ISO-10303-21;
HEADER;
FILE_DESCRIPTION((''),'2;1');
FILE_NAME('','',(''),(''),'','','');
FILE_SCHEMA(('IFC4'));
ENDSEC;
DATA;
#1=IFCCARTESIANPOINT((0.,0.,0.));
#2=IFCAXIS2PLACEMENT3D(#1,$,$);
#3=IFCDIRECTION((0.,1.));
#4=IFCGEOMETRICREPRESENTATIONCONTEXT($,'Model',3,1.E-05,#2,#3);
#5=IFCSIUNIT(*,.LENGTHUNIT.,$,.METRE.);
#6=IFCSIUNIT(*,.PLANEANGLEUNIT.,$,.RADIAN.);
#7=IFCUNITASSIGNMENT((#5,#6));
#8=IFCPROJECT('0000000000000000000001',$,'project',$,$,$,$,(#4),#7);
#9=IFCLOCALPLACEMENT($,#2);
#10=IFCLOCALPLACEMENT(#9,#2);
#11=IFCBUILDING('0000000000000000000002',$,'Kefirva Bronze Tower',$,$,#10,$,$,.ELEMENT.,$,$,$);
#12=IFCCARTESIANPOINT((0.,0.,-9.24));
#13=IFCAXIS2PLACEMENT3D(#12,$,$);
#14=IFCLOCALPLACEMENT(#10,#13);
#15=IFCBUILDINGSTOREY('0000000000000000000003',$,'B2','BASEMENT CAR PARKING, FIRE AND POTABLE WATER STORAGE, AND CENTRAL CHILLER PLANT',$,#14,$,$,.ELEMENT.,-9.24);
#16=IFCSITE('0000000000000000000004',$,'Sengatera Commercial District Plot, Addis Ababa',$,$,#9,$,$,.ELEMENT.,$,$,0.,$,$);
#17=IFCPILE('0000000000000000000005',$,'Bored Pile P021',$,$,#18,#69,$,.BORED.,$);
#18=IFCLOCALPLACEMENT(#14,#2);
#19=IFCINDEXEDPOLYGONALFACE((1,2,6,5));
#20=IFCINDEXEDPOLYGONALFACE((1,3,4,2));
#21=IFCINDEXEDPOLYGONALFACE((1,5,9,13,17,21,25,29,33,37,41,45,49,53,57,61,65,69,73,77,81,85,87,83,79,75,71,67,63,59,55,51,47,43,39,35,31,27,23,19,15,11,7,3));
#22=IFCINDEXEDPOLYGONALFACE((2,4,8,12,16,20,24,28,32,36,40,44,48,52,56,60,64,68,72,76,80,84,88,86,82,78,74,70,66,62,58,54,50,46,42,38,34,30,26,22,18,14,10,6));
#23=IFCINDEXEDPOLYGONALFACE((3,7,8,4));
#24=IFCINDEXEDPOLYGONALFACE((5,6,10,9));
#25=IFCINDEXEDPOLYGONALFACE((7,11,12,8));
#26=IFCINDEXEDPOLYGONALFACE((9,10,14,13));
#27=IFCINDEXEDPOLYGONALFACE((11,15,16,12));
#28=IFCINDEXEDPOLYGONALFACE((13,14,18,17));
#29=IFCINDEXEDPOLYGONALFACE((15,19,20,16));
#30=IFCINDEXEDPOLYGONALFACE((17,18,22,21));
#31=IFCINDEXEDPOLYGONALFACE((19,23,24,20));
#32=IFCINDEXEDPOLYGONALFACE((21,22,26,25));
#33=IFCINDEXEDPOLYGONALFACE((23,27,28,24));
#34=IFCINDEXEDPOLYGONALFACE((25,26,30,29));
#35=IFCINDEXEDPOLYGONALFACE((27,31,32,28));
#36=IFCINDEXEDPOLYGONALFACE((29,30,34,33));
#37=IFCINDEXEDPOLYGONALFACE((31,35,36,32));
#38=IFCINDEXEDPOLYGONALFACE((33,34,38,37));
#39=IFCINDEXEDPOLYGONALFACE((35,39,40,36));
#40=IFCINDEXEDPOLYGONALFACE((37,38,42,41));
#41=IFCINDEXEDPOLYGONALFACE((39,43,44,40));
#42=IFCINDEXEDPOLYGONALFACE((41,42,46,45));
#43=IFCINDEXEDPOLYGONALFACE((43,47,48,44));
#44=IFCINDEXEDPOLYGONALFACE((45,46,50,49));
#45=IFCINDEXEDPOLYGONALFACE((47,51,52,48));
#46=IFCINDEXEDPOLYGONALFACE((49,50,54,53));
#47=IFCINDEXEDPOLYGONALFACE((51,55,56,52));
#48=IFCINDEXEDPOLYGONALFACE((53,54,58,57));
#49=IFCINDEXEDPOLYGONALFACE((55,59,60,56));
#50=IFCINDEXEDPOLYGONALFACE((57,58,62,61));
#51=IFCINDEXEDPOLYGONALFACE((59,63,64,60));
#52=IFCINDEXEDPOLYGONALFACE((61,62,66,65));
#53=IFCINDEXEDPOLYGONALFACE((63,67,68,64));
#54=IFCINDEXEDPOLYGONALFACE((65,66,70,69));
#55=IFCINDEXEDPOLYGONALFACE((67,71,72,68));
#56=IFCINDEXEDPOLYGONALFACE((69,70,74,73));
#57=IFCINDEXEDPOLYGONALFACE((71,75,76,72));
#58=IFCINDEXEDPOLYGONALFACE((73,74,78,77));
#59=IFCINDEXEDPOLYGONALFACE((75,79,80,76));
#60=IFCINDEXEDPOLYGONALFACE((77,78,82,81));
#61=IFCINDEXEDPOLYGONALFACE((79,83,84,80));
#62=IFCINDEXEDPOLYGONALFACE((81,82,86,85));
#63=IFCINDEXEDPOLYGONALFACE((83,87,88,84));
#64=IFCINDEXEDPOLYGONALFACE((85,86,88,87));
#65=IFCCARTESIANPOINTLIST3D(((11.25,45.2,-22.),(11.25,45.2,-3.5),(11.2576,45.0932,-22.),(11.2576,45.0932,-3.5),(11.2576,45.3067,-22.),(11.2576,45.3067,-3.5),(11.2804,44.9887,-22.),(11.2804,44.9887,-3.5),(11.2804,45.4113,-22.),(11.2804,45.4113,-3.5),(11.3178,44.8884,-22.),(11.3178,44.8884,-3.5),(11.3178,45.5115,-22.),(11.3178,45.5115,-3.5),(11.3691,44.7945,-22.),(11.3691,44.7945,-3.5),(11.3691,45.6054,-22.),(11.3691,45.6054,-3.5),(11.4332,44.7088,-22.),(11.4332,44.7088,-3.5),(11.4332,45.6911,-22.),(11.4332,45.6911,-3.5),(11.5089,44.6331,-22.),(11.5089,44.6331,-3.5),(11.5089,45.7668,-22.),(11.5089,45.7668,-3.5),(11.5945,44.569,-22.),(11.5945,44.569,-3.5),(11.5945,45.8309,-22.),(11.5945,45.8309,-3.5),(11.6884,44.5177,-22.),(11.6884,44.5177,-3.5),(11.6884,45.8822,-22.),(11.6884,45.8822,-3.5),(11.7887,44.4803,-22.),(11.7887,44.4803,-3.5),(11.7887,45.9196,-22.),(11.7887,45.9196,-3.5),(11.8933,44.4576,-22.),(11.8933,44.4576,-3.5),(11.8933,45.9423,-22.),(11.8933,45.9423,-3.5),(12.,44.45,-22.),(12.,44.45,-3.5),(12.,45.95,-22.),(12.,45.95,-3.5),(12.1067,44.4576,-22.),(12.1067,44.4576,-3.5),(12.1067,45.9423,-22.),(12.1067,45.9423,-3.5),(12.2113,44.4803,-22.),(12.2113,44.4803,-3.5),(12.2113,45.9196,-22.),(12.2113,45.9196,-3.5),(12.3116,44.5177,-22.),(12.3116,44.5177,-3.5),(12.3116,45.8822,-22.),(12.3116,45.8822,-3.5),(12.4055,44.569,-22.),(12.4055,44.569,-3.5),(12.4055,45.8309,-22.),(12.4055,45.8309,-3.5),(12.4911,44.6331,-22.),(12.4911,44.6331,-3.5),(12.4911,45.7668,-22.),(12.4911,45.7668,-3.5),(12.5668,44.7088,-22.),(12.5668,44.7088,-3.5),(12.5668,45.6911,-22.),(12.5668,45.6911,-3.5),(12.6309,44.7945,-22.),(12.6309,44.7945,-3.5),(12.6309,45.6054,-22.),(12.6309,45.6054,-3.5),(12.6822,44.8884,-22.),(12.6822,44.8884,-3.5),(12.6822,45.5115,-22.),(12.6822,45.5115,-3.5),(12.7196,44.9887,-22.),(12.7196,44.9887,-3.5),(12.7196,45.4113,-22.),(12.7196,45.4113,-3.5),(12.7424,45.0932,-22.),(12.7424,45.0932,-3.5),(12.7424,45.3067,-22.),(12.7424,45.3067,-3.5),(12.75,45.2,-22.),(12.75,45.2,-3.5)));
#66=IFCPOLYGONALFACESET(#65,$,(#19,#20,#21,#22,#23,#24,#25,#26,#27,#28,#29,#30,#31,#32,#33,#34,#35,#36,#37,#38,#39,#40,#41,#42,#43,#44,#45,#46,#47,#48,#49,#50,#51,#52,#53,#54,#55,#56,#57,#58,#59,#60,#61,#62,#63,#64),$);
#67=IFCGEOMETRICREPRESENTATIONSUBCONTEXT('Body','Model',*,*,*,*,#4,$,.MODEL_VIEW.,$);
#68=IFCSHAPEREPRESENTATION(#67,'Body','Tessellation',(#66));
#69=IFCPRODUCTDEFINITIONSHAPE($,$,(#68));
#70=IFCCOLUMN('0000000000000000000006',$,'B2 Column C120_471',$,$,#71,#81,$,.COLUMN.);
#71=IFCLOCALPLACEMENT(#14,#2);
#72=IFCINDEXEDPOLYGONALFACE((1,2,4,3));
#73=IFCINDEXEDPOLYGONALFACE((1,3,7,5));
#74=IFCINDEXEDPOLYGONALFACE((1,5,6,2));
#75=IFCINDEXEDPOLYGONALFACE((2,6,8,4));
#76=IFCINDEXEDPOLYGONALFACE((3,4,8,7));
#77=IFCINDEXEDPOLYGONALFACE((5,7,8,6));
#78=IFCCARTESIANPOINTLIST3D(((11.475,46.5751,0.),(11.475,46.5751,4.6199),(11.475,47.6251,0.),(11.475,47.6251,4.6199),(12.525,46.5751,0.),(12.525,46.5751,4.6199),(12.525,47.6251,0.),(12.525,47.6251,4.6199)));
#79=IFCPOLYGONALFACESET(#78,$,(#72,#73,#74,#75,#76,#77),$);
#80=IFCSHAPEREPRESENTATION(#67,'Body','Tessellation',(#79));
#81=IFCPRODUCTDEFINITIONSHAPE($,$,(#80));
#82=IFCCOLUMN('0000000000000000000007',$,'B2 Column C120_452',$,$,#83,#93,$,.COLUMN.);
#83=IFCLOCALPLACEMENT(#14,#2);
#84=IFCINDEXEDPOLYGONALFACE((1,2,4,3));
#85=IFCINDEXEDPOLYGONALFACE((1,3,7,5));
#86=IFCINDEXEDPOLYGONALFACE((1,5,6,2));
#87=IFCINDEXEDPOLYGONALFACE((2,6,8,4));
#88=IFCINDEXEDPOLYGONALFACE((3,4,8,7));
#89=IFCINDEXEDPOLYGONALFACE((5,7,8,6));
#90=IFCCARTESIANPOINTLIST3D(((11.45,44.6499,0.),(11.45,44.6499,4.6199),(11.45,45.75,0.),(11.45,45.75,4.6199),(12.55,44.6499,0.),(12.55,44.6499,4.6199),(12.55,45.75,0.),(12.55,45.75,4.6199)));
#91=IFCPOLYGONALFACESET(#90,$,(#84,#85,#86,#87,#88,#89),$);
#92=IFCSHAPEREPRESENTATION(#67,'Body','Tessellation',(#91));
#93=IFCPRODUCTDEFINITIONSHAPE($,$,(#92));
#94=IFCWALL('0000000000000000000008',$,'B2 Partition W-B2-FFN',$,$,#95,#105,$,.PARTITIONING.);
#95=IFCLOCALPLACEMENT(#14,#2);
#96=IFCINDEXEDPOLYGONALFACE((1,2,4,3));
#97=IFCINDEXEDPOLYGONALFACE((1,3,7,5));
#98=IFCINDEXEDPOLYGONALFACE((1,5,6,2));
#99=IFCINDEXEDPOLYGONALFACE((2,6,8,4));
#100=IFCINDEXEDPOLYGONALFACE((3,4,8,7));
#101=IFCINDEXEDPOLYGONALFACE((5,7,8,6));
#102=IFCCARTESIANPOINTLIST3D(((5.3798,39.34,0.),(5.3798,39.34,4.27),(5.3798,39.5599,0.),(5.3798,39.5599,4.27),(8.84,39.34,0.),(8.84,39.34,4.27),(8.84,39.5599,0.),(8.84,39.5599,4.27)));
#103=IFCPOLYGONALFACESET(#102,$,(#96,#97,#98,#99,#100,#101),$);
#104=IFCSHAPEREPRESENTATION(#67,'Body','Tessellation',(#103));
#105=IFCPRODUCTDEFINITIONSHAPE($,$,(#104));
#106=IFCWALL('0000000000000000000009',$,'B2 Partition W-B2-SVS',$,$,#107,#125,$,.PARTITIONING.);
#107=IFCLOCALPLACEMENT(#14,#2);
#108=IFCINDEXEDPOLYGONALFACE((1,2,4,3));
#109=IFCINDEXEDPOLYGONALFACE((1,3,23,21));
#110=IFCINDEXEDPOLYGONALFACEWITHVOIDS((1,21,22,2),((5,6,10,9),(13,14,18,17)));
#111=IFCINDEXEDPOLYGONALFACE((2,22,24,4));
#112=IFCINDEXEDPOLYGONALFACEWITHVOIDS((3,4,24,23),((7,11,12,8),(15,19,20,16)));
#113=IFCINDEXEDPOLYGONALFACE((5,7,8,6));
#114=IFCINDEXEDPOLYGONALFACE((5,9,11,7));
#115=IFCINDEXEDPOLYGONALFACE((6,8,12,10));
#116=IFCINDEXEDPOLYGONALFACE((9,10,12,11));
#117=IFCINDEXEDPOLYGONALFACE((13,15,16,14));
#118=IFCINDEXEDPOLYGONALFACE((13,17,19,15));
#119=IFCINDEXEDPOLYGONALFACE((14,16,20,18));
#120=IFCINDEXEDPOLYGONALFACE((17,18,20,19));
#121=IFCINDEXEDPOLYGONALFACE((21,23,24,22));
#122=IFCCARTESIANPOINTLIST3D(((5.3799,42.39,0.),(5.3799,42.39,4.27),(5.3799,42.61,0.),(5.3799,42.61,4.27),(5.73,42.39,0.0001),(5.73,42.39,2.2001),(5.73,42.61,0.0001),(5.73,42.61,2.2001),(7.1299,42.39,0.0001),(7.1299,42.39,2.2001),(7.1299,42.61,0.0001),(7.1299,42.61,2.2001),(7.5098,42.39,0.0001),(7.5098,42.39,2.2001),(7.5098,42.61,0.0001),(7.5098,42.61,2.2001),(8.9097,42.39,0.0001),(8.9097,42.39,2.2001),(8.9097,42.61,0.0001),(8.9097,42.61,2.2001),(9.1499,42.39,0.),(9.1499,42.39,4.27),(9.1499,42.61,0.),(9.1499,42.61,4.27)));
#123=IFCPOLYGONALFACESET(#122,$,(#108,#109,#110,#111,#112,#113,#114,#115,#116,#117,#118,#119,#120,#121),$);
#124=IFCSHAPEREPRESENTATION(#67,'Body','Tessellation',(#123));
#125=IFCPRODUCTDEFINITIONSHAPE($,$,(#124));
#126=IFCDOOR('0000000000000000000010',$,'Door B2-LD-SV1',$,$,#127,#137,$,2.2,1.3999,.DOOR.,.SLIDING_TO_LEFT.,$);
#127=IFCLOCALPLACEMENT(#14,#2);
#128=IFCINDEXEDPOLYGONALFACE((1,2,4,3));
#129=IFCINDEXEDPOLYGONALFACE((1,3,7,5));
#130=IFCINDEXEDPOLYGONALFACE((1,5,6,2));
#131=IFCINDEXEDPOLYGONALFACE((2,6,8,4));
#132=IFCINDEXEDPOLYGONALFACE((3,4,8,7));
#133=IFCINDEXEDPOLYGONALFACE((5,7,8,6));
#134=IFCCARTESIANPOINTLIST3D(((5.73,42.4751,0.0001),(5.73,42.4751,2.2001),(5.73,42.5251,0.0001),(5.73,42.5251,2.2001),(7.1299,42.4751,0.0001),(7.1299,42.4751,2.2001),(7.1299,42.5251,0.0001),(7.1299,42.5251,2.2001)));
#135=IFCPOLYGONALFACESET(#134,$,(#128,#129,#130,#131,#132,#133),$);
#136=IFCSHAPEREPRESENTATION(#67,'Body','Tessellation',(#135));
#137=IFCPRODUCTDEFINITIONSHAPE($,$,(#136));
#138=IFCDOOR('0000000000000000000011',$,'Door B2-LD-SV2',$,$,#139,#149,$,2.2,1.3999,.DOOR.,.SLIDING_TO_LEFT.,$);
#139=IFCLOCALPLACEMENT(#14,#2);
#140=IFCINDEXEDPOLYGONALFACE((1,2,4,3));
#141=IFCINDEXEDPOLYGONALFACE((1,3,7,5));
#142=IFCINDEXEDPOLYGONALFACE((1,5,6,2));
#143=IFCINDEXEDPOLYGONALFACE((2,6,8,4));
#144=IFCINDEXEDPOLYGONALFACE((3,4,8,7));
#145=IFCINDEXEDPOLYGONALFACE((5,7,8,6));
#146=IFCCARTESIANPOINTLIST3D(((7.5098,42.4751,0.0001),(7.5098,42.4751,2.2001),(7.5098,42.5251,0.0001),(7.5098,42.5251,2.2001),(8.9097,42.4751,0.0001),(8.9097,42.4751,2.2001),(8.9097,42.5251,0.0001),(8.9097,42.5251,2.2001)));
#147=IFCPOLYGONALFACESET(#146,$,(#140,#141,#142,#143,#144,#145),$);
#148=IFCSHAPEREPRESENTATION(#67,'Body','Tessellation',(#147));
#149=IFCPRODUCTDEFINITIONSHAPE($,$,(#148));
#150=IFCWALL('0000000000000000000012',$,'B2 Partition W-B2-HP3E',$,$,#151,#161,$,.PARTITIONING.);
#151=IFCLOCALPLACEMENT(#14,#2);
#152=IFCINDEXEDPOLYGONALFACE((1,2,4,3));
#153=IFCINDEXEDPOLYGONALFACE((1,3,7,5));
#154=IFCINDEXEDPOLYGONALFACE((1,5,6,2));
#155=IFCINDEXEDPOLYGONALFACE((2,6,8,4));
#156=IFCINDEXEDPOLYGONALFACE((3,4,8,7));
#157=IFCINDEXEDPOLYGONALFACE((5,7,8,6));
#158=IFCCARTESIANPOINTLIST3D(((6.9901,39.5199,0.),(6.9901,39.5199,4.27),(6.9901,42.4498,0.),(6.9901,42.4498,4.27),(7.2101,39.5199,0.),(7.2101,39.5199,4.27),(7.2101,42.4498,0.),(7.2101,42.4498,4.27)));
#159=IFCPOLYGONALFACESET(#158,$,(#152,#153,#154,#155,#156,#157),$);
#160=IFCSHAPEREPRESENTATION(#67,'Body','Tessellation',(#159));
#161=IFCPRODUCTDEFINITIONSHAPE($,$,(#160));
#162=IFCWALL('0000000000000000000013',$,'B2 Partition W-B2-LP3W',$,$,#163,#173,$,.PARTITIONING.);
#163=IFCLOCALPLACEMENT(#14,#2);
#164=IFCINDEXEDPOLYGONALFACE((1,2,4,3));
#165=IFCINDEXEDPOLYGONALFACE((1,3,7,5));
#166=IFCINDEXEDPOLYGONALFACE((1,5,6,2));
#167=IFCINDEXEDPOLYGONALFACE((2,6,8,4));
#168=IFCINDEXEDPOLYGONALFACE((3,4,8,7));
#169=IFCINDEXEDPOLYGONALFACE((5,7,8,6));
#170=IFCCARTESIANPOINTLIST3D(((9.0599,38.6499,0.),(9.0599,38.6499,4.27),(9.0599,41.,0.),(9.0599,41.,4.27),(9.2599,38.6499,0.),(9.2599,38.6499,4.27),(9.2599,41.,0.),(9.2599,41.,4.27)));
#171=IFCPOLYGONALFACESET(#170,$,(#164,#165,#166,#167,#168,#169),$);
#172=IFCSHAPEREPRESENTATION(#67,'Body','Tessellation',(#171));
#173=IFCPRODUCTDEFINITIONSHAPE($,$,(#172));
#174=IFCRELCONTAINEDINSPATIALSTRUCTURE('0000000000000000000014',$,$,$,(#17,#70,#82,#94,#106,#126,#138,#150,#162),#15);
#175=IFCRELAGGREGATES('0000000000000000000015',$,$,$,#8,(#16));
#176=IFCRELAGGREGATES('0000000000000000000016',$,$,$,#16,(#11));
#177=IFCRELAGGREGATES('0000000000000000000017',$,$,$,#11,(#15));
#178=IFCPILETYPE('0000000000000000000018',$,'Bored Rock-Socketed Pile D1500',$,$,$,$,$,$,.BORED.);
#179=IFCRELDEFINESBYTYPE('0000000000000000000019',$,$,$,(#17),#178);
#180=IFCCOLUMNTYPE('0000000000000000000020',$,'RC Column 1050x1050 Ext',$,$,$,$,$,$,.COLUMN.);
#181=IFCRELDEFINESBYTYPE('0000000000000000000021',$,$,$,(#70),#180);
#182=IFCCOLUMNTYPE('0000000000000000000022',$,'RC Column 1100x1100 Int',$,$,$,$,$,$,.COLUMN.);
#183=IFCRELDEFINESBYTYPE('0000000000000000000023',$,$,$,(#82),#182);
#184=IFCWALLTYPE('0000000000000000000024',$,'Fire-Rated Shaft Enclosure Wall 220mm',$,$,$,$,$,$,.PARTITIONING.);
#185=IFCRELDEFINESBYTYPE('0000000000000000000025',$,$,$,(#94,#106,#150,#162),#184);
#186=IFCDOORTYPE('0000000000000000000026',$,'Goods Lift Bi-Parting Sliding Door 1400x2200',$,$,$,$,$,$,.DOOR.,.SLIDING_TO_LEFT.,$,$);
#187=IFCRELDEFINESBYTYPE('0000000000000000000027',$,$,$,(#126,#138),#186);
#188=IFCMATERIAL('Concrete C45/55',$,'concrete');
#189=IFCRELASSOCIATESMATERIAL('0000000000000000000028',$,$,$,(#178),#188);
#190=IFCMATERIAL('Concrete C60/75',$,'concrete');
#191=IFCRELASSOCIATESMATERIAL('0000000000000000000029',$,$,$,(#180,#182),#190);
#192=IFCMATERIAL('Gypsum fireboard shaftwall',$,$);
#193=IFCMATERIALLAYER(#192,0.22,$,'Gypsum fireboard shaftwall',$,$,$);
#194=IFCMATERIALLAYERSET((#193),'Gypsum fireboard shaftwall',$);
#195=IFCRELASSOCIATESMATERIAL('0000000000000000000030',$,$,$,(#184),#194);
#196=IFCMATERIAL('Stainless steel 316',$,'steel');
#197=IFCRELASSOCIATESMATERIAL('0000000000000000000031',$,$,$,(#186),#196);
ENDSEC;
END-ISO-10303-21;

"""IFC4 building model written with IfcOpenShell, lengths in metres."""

from ifc_helpers import new_model, si_unit, direction, frame, frame_2d, origin, origin_2d, place, context, subcontext, project, spatial, rectangle, circle, extrude, material, layer, layer_set, material_profile, profile_set, type_object, element, fill, save


model = new_model("IFC4")

# Units and contexts
model_context = context("Model", 3, precision=1e-05, world=origin(), true_north=direction((0.0, 1.0)))
body_context = subcontext(model_context, "Body", "Model", "MODEL_VIEW")
ifc_project = project(units=[si_unit("LENGTHUNIT", "METRE"), si_unit("PLANEANGLEUNIT", "RADIAN")], contexts=[model_context])

# Site, building, storey
site_placement = place(None, origin())
site = spatial("IfcSite", under=ifc_project, at=site_placement, Name="Sengatera Commercial District Plot, Addis Ababa", CompositionType="ELEMENT", RefElevation=0.0)
building_placement = place(site_placement, origin())
building = spatial("IfcBuilding", under=site, at=building_placement, Name="Kefirva Bronze Tower", CompositionType="ELEMENT")
storey_placement = place(building_placement, frame((0.0, 0.0, -9.24)))
storey = spatial("IfcBuildingStorey", under=building, at=storey_placement, Name="B2", Description="BASEMENT CAR PARKING, FIRE AND POTABLE WATER STORAGE, AND CENTRAL CHILLER PLANT", CompositionType="ELEMENT", Elevation=-9.24)

# Pile
ifc_material_1 = material(Name="Concrete C45/55", Category="concrete")
ifc_material_profile_1 = material_profile(ifc_material_1, circle(Radius=0.75, at=origin_2d()), Name="BORED PILE D1500")
ifc_profile_set_1 = profile_set([ifc_material_profile_1], Name="Concrete C45/55")
pile_type = type_object("IfcPileType", Name="Bored Rock-Socketed Pile D1500", PredefinedType="BORED", material=ifc_profile_set_1)
for number, where, z_axis, x_axis, name in (
    (1, (12.0, 45.2, -3.5), (0.0, 0.0, -1.0), (1.0, 0.0, 0.0), "Bored Pile P021"),
):
    element("IfcPile", number, at=place(storey_placement, frame(where, z_axis=z_axis, x_axis=x_axis)), inside=storey, type_object=pile_type, Name=name, PredefinedType="BORED", context=body_context, shape_type="SweptSolid", body=[
        extrude(circle(Radius=0.75, at=origin_2d()), origin(), (0.0, 0.0, 1.0), 18.5),
    ])

# Columns
ifc_material_2 = material(Name="Concrete C60/75", Category="concrete")
ifc_material_profile_2 = material_profile(ifc_material_2, rectangle(XDim=1.05, YDim=1.05, at=origin_2d()), Name="RC 1050x1050")
ifc_profile_set_2 = profile_set([ifc_material_profile_2], Name="Concrete C60/75")
column_type_1 = type_object("IfcColumnType", Name="RC Column 1050x1050 Ext", PredefinedType="COLUMN", material=ifc_profile_set_2)
column_1_placement = place(storey_placement, frame((12.0, 47.1001, 0.0), z_axis=(0.0, 0.0, 1.0), x_axis=(1.0, 0.0, 0.0)))
element("IfcColumn", 2, at=column_1_placement, inside=storey, type_object=column_type_1, Name="B2 Column C120_471", PredefinedType="COLUMN", context=body_context, shape_type="SweptSolid", body=[
    extrude(rectangle(XDim=1.05, YDim=1.05, at=origin_2d()), origin(), (0.0, 0.0, 1.0), 4.6199),
])
ifc_material_profile_3 = material_profile(ifc_material_2, rectangle(XDim=1.1001, YDim=1.1001, at=origin_2d()), Name="RC 1100x1100")
ifc_profile_set_3 = profile_set([ifc_material_profile_3], Name="Concrete C60/75")
column_type_2 = type_object("IfcColumnType", Name="RC Column 1100x1100 Int", PredefinedType="COLUMN", material=ifc_profile_set_3)
column_2_placement = place(storey_placement, frame((12.0, 45.2, 0.0), z_axis=(0.0, 0.0, 1.0), x_axis=(1.0, 0.0, 0.0)))
element("IfcColumn", 3, at=column_2_placement, inside=storey, type_object=column_type_2, Name="B2 Column C120_452", PredefinedType="COLUMN", context=body_context, shape_type="SweptSolid", body=[
    extrude(rectangle(XDim=1.1001, YDim=1.1001, at=origin_2d()), origin(), (0.0, 0.0, 1.0), 4.6199),
])

# Wall
ifc_material_3 = material(Name="Gypsum fireboard shaftwall")
ifc_layer_1 = layer(ifc_material_3, 0.22, Name="Gypsum fireboard shaftwall")
ifc_layer_set_1 = layer_set([ifc_layer_1], Name="Gypsum fireboard shaftwall")
wall_type_1 = type_object("IfcWallType", Name="Fire-Rated Shaft Enclosure Wall 220mm", PredefinedType="PARTITIONING", material=ifc_layer_set_1)
wall_1_placement = place(storey_placement, frame((5.3799, 39.45, 0.0), z_axis=(0.0, 0.0, 1.0), x_axis=(1.0, 0.0, 0.0)))
element("IfcWall", 4, at=wall_1_placement, inside=storey, type_object=wall_type_1, Name="B2 Partition W-B2-FFN", PredefinedType="PARTITIONING", context=body_context, shape_type="SweptSolid", body=[
    extrude(rectangle(XDim=3.4602, YDim=0.22, at=frame_2d((1.73, 0.0))), origin(), (0.0, 0.0, 1.0), 4.27),
])

# Wall, openings, doors
wall_2_placement = place(storey_placement, frame((5.3799, 42.5, 0.0), z_axis=(0.0, 0.0, 1.0), x_axis=(1.0, 0.0, 0.0)))
wall_2 = element("IfcWall", 5, at=wall_2_placement, inside=storey, type_object=wall_type_1, Name="B2 Partition W-B2-SVS", PredefinedType="PARTITIONING", context=body_context, shape_type="SweptSolid", body=[
    extrude(rectangle(XDim=3.77, YDim=0.22, at=frame_2d((1.885, 0.0))), origin(), (0.0, 0.0, 1.0), 4.27),
])
opening_1_placement = place(wall_2_placement, frame((1.75, 0.0, 0.0), z_axis=(0.0, 0.0, 1.0), x_axis=(-1.0, 0.0, 0.0)))
opening_1 = element("IfcOpeningElement", 6, at=opening_1_placement, cuts=wall_2, PredefinedType="OPENING", context=body_context, shape_type="SweptSolid", body=[
    extrude(rectangle(XDim=1.3999, YDim=2.2, at=frame_2d((0.7, 1.1001))), frame((0.0, 0.1201, 0.0), z_axis=(0.0, -1.0, 0.0), x_axis=(1.0, 0.0, 0.0)), (0.0, 0.0, 1.0), 0.24),
])
opening_2_placement = place(wall_2_placement, frame((3.5298, 0.0, 0.0), z_axis=(0.0, 0.0, 1.0), x_axis=(-1.0, 0.0, 0.0)))
opening_2 = element("IfcOpeningElement", 7, at=opening_2_placement, cuts=wall_2, PredefinedType="OPENING", context=body_context, shape_type="SweptSolid", body=[
    extrude(rectangle(XDim=1.3999, YDim=2.2, at=frame_2d((0.7, 1.1001))), frame((0.0, 0.1201, 0.0), z_axis=(0.0, -1.0, 0.0), x_axis=(1.0, 0.0, 0.0)), (0.0, 0.0, 1.0), 0.24),
])
ifc_material_4 = material(Name="Stainless steel 316", Category="steel")
door_type_1 = type_object("IfcDoorType", Name="Goods Lift Bi-Parting Sliding Door 1400x2200", OperationType="SLIDING_TO_LEFT", PredefinedType="DOOR", material=ifc_material_4)
door_1_placement = place(opening_1_placement, origin())
door_1 = element("IfcDoor", 8, at=door_1_placement, inside=storey, type_object=door_type_1, Name="Door B2-LD-SV1", OperationType="SLIDING_TO_LEFT", OverallHeight=2.2, OverallWidth=1.3999, PredefinedType="DOOR", context=body_context, shape_type="SweptSolid", body=[
    extrude(rectangle(XDim=1.3999, YDim=2.2, at=frame_2d((0.7, 1.1001))), frame((0.0, 0.0249, 0.0), z_axis=(0.0, -1.0, 0.0), x_axis=(1.0, 0.0, 0.0)), (0.0, 0.0, 1.0), 0.05),
])
fill(opening_1, door_1)
door_2_placement = place(opening_2_placement, origin())
door_2 = element("IfcDoor", 9, at=door_2_placement, inside=storey, type_object=door_type_1, Name="Door B2-LD-SV2", OperationType="SLIDING_TO_LEFT", OverallHeight=2.2, OverallWidth=1.3999, PredefinedType="DOOR", context=body_context, shape_type="SweptSolid", body=[
    extrude(rectangle(XDim=1.3999, YDim=2.2, at=frame_2d((0.7, 1.1001))), frame((0.0, 0.0249, 0.0), z_axis=(0.0, -1.0, 0.0), x_axis=(1.0, 0.0, 0.0)), (0.0, 0.0, 1.0), 0.05),
])
fill(opening_2, door_2)

# Walls
wall_3_placement = place(storey_placement, frame((7.1001, 39.52, 0.0), z_axis=(0.0, 0.0, 1.0), x_axis=(0.0, 1.0, 0.0)))
element("IfcWall", 10, at=wall_3_placement, inside=storey, type_object=wall_type_1, Name="B2 Partition W-B2-HP3E", PredefinedType="PARTITIONING", context=body_context, shape_type="SweptSolid", body=[
    extrude(rectangle(XDim=2.9299, YDim=0.22, at=frame_2d((1.4648, 0.0))), origin(), (0.0, 0.0, 1.0), 4.27),
])
wall_4_placement = place(storey_placement, frame((9.1599, 38.6499, 0.0), z_axis=(0.0, 0.0, 1.0), x_axis=(0.0, 1.0, 0.0)))
element("IfcWall", 11, at=wall_4_placement, inside=storey, type_object=wall_type_1, Name="B2 Partition W-B2-LP3W", PredefinedType="PARTITIONING", context=body_context, shape_type="SweptSolid", body=[
    extrude(rectangle(XDim=2.3501, YDim=0.2, at=frame_2d((1.175, 0.0))), origin(), (0.0, 0.0, 1.0), 4.27),
])

save(model, "model.ifc")
